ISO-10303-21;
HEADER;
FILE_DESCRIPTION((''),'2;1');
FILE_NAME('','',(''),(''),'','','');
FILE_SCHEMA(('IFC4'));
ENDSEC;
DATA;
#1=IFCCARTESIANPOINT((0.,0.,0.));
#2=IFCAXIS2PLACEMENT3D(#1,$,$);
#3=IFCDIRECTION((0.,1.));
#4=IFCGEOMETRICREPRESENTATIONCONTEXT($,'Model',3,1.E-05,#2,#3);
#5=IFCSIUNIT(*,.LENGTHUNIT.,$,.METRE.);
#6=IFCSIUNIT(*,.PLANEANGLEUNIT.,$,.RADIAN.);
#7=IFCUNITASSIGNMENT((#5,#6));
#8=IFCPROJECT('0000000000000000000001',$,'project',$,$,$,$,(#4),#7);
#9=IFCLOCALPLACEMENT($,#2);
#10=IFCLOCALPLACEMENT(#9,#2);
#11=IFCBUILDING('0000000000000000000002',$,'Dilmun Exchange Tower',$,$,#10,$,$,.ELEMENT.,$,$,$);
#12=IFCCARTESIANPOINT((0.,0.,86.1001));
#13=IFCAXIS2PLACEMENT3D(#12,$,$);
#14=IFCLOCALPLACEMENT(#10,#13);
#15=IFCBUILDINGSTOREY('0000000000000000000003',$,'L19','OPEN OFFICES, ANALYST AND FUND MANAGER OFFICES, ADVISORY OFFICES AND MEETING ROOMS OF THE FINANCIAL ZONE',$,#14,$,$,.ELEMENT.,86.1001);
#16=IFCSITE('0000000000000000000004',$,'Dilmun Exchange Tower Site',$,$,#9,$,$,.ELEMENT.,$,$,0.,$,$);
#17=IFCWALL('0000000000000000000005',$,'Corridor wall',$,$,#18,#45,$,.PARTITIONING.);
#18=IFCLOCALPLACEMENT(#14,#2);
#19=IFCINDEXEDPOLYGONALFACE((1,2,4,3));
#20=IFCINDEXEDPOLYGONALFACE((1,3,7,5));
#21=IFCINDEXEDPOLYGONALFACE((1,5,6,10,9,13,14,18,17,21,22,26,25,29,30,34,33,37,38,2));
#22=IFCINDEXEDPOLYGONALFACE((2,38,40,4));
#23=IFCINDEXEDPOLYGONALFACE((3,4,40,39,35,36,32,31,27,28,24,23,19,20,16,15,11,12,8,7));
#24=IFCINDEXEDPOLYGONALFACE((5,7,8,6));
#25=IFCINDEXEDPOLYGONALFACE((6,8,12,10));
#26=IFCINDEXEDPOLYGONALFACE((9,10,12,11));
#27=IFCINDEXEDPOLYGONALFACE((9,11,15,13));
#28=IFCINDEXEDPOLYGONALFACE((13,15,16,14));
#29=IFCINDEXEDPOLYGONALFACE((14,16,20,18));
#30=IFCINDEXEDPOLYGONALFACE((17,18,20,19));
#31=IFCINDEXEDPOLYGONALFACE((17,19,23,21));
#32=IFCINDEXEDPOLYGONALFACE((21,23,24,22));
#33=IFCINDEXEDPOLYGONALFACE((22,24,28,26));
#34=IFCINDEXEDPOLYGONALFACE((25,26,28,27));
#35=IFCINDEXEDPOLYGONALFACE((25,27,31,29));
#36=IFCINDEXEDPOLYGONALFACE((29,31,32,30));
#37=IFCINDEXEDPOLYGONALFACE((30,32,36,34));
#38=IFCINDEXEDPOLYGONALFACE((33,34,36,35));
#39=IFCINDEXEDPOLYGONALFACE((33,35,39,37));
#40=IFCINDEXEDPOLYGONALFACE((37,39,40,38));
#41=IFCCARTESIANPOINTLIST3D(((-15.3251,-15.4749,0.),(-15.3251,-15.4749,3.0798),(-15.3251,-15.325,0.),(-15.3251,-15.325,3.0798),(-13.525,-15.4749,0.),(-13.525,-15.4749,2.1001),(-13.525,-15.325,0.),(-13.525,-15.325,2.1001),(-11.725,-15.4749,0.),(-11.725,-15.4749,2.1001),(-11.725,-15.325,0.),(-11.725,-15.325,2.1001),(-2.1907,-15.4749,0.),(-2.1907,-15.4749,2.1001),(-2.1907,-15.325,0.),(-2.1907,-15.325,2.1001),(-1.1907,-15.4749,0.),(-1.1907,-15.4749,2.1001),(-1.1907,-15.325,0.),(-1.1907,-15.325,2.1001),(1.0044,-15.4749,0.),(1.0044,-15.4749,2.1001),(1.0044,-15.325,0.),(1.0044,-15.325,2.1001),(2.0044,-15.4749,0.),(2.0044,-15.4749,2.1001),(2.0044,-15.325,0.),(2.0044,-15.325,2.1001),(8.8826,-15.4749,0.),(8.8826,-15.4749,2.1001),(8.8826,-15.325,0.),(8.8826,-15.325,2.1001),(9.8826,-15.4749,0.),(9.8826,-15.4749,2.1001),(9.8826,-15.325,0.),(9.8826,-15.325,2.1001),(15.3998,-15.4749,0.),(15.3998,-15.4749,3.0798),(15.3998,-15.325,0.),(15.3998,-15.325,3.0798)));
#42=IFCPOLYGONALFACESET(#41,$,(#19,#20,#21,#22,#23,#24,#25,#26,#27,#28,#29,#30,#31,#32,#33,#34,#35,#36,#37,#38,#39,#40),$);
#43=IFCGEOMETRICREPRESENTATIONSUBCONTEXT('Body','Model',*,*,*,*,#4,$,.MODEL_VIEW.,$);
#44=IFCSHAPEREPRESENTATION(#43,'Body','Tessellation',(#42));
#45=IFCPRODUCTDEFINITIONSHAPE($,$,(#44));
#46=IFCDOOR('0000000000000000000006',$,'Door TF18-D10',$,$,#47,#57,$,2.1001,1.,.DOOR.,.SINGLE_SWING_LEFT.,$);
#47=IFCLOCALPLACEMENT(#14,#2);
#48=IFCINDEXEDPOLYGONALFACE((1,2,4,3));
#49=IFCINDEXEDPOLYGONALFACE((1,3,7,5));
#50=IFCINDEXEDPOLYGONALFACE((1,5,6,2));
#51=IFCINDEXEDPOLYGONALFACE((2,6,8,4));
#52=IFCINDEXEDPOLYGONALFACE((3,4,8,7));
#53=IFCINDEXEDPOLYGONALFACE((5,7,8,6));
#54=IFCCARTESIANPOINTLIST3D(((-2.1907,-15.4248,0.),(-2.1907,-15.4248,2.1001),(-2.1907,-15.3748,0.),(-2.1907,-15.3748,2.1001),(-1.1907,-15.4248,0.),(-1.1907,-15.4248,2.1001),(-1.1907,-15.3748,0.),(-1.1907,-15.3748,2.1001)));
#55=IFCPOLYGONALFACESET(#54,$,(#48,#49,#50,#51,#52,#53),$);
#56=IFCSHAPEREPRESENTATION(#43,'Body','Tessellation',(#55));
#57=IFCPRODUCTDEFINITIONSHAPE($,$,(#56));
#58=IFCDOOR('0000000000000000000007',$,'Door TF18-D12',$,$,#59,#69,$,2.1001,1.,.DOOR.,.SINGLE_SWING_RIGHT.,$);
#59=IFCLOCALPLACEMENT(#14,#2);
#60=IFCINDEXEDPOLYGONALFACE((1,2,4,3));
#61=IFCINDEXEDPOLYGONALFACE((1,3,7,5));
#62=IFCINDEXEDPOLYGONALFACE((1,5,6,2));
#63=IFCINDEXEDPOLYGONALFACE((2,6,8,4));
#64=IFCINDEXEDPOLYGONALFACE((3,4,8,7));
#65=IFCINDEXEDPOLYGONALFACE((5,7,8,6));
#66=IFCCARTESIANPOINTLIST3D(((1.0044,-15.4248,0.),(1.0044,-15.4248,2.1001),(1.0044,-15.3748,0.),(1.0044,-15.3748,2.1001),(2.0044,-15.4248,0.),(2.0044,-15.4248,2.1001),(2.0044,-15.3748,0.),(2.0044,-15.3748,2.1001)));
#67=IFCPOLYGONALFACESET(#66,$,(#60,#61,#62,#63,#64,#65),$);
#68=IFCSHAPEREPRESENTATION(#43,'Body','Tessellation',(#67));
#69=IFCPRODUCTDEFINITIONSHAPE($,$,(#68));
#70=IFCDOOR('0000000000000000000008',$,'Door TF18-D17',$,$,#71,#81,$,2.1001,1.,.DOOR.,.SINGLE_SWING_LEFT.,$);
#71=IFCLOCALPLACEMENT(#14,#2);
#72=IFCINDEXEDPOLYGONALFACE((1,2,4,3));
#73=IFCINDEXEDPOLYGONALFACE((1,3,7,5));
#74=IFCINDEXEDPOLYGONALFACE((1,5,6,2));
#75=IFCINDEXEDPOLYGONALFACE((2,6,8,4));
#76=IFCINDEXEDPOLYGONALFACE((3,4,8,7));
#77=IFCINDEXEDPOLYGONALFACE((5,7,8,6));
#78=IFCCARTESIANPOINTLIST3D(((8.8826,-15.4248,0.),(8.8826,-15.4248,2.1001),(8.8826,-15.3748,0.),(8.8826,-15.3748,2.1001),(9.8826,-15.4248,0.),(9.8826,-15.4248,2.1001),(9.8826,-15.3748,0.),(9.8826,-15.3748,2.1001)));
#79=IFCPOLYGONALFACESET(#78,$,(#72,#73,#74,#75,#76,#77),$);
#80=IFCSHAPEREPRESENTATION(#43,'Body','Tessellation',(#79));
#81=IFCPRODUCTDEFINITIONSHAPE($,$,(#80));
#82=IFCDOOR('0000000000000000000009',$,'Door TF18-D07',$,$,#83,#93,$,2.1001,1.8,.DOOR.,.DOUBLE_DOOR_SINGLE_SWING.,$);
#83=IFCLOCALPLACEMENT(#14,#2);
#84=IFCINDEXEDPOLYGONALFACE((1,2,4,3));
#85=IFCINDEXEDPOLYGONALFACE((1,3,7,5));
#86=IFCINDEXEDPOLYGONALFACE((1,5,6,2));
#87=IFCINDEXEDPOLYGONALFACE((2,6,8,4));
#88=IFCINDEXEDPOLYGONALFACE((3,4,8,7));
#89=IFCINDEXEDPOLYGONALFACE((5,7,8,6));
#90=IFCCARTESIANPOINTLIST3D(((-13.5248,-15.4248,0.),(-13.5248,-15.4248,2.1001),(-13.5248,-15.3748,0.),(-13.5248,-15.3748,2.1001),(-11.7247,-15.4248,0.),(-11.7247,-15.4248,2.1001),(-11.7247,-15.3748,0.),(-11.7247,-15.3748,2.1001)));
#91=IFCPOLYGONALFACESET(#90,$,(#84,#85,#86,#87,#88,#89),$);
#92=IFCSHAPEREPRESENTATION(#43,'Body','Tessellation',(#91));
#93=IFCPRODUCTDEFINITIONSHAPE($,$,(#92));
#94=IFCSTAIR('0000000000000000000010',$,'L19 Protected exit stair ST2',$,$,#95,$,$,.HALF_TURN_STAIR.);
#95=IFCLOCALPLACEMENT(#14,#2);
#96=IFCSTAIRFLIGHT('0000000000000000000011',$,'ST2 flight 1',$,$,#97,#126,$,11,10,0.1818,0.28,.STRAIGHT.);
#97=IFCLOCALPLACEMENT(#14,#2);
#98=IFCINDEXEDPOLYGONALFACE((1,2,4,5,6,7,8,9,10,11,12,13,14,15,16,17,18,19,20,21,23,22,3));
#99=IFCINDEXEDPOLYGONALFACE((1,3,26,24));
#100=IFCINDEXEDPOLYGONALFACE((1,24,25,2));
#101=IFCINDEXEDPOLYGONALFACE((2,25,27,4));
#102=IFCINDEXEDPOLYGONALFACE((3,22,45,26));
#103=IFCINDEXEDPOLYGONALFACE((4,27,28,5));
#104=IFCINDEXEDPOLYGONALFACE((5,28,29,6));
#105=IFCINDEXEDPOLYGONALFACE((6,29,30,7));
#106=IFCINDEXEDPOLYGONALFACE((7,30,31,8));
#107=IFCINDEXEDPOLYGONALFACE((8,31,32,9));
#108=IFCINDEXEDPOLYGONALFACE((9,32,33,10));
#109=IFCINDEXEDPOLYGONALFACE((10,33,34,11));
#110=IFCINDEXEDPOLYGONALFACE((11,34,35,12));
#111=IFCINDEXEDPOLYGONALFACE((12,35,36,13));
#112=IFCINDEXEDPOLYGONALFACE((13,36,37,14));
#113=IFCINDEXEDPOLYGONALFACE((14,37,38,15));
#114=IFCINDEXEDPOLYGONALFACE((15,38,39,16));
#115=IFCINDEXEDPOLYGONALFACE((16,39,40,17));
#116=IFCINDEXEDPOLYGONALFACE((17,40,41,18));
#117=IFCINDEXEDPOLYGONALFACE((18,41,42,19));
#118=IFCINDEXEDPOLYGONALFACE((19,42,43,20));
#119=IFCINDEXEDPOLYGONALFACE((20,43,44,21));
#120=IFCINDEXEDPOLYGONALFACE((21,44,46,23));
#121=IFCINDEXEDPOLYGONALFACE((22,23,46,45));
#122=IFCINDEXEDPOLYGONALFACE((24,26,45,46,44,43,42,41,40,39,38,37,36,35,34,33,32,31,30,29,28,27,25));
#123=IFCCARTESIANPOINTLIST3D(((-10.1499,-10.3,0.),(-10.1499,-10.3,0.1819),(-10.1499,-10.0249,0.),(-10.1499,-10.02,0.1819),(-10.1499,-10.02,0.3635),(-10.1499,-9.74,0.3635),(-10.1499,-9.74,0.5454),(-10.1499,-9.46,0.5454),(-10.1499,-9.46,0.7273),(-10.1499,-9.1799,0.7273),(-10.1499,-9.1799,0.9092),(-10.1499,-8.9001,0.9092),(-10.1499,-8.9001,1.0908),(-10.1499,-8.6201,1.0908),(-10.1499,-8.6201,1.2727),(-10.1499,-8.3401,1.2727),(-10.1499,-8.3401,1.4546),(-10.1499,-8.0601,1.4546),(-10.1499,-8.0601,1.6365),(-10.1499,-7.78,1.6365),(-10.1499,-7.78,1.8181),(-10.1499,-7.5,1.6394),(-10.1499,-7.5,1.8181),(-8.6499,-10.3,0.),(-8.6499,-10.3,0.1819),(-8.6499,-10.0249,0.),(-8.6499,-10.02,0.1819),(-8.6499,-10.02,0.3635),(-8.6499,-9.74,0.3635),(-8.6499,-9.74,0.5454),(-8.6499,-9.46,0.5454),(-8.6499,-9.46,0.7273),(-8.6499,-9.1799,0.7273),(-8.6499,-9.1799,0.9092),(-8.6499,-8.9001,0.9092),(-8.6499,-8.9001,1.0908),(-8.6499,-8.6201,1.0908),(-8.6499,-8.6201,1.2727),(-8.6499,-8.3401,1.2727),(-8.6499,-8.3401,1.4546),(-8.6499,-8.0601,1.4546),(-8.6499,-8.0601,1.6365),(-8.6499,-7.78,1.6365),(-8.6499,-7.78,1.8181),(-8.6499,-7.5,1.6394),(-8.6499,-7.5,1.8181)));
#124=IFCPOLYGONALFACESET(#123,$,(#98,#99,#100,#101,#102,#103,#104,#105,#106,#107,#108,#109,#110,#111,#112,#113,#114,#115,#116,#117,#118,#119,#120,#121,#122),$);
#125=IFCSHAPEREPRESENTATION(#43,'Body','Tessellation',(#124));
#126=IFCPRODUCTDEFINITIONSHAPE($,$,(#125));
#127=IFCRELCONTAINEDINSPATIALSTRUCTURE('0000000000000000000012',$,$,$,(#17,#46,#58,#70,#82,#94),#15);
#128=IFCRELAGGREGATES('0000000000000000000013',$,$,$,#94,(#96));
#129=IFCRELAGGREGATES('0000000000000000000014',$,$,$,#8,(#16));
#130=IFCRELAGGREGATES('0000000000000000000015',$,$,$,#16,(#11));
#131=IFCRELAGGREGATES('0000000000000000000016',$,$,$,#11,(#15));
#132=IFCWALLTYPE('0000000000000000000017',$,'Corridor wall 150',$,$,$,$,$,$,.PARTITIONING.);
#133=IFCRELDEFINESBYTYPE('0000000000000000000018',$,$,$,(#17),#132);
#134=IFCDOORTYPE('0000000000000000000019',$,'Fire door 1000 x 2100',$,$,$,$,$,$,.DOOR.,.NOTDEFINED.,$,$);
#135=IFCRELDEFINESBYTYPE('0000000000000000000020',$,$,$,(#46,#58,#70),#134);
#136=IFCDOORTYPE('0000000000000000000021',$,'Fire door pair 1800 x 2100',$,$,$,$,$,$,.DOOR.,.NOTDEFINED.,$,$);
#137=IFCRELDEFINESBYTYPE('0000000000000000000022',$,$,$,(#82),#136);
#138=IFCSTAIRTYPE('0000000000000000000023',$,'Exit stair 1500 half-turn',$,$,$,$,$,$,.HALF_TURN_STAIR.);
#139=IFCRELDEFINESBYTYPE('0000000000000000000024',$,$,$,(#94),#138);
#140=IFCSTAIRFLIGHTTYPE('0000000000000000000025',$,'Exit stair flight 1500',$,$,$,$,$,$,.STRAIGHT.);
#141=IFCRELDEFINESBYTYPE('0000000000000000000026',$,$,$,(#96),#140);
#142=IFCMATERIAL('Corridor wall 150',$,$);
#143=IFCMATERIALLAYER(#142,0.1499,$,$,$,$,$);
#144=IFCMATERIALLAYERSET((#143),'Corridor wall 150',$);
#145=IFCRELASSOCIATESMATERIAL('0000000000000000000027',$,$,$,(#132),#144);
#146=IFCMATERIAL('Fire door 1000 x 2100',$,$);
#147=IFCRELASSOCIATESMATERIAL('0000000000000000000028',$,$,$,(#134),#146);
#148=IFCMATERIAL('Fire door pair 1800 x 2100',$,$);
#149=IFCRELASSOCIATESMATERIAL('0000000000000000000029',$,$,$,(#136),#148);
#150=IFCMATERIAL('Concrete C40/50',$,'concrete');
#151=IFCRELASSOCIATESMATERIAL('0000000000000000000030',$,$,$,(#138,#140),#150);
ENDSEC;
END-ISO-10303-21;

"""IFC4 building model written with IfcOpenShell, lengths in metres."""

from ifc_helpers import new_model, si_unit, direction, frame, frame_2d, origin, place, context, subcontext, project, spatial, polyline, rectangle, outline, extrude, material, layer, layer_set, type_object, element, fill, aggregate, save


model = new_model("IFC4")

# Units and contexts
model_context = context("Model", 3, precision=1e-05, world=origin(), true_north=direction((0.0, 1.0)))
body_context = subcontext(model_context, "Body", "Model", "MODEL_VIEW")
ifc_project = project(units=[si_unit("LENGTHUNIT", "METRE"), si_unit("PLANEANGLEUNIT", "RADIAN")], contexts=[model_context])

# Site, building, storey
site_placement = place(None, origin())
site = spatial("IfcSite", under=ifc_project, at=site_placement, Name="Dilmun Exchange Tower Site", CompositionType="ELEMENT", RefElevation=0.0)
building_placement = place(site_placement, origin())
building = spatial("IfcBuilding", under=site, at=building_placement, Name="Dilmun Exchange Tower", CompositionType="ELEMENT")
storey_placement = place(building_placement, frame((0.0, 0.0, 86.1001)))
storey = spatial("IfcBuildingStorey", under=building, at=storey_placement, Name="L19", Description="OPEN OFFICES, ANALYST AND FUND MANAGER OFFICES, ADVISORY OFFICES AND MEETING ROOMS OF THE FINANCIAL ZONE", CompositionType="ELEMENT", Elevation=86.1001)

# Shared definitions
ifc_material_1 = material(Name="Concrete C40/50", Category="concrete")

# Wall, openings, doors
ifc_material_2 = material(Name="Corridor wall 150")
ifc_layer_1 = layer(ifc_material_2, 0.1499)
ifc_layer_set_1 = layer_set([ifc_layer_1], Name="Corridor wall 150")
wall_type_1 = type_object("IfcWallType", Name="Corridor wall 150", PredefinedType="PARTITIONING", material=ifc_layer_set_1)
ifc_material_3 = material(Name="Fire door 1000 x 2100")
door_type_1 = type_object("IfcDoorType", Name="Fire door 1000 x 2100", OperationType="NOTDEFINED", PredefinedType="DOOR", material=ifc_material_3)
ifc_material_4 = material(Name="Fire door pair 1800 x 2100")
door_type_2 = type_object("IfcDoorType", Name="Fire door pair 1800 x 2100", OperationType="NOTDEFINED", PredefinedType="DOOR", material=ifc_material_4)
wall_1_placement = place(storey_placement, frame((-15.325, -15.3999, 0.0), z_axis=(0.0, 0.0, 1.0), x_axis=(1.0, 0.0, 0.0)))
wall_1 = element("IfcWall", 1, at=wall_1_placement, inside=storey, type_object=wall_type_1, Name="Corridor wall", PredefinedType="PARTITIONING", context=body_context, shape_type="SweptSolid", body=[
    extrude(rectangle(XDim=30.7249, YDim=0.1499, at=frame_2d((15.3623, 0.0))), origin(), (0.0, 0.0, 1.0), 3.0798),
])
opening_1_placement = place(wall_1_placement, frame((1.8, 0.0, 0.0)))
opening_1 = element("IfcOpeningElement", 2, at=opening_1_placement, cuts=wall_1, PredefinedType="OPENING", context=body_context, shape_type="SweptSolid", body=[
    extrude(rectangle(XDim=1.8, YDim=2.1001, at=frame_2d((0.8999, 1.05))), frame((0.0, 0.085, 0.0), z_axis=(0.0, -1.0, 0.0), x_axis=(1.0, 0.0, 0.0)), (0.0, 0.0, 1.0), 0.1699),
])
opening_2_placement = place(wall_1_placement, frame((13.1343, 0.0, 0.0)))
opening_2 = element("IfcOpeningElement", 3, at=opening_2_placement, cuts=wall_1, PredefinedType="OPENING", context=body_context, shape_type="SweptSolid", body=[
    extrude(rectangle(XDim=1.0, YDim=2.1001, at=frame_2d((0.5, 1.05))), frame((0.0, 0.085, 0.0), z_axis=(0.0, -1.0, 0.0), x_axis=(1.0, 0.0, 0.0)), (0.0, 0.0, 1.0), 0.1699),
])
opening_3_placement = place(wall_1_placement, frame((16.3293, 0.0, 0.0)))
opening_3 = element("IfcOpeningElement", 4, at=opening_3_placement, cuts=wall_1, PredefinedType="OPENING", context=body_context, shape_type="SweptSolid", body=[
    extrude(rectangle(XDim=1.0, YDim=2.1001, at=frame_2d((0.5, 1.05))), frame((0.0, 0.085, 0.0), z_axis=(0.0, -1.0, 0.0), x_axis=(1.0, 0.0, 0.0)), (0.0, 0.0, 1.0), 0.1699),
])
opening_4_placement = place(wall_1_placement, frame((24.2075, 0.0, 0.0)))
opening_4 = element("IfcOpeningElement", 5, at=opening_4_placement, cuts=wall_1, PredefinedType="OPENING", context=body_context, shape_type="SweptSolid", body=[
    extrude(rectangle(XDim=1.0, YDim=2.1001, at=frame_2d((0.5, 1.05))), frame((0.0, 0.085, 0.0), z_axis=(0.0, -1.0, 0.0), x_axis=(1.0, 0.0, 0.0)), (0.0, 0.0, 1.0), 0.1699),
])
door_1_placement = place(opening_2_placement, frame((1.0, 0.0, 0.0), z_axis=(0.0, 0.0, 1.0), x_axis=(-1.0, 0.0, 0.0)))
door_1 = element("IfcDoor", 6, at=door_1_placement, inside=storey, type_object=door_type_1, Name="Door TF18-D10", OperationType="SINGLE_SWING_LEFT", OverallHeight=2.1001, OverallWidth=1.0, PredefinedType="DOOR", context=body_context, shape_type="SweptSolid", body=[
    extrude(rectangle(XDim=1.0, YDim=2.1001, at=frame_2d((0.5, 1.05))), frame((0.0, 0.0249, 0.0), z_axis=(0.0, -1.0, 0.0), x_axis=(1.0, 0.0, 0.0)), (0.0, 0.0, 1.0), 0.05),
])
fill(opening_2, door_1)
door_2_placement = place(opening_3_placement, frame((1.0, 0.0, 0.0), z_axis=(0.0, 0.0, 1.0), x_axis=(-1.0, 0.0, 0.0)))
door_2 = element("IfcDoor", 7, at=door_2_placement, inside=storey, type_object=door_type_1, Name="Door TF18-D12", OperationType="SINGLE_SWING_RIGHT", OverallHeight=2.1001, OverallWidth=1.0, PredefinedType="DOOR", context=body_context, shape_type="SweptSolid", body=[
    extrude(rectangle(XDim=1.0, YDim=2.1001, at=frame_2d((0.5, 1.05))), frame((0.0, 0.0249, 0.0), z_axis=(0.0, -1.0, 0.0), x_axis=(1.0, 0.0, 0.0)), (0.0, 0.0, 1.0), 0.05),
])
fill(opening_3, door_2)
door_3_placement = place(opening_4_placement, frame((1.0, 0.0, 0.0), z_axis=(0.0, 0.0, 1.0), x_axis=(-1.0, 0.0, 0.0)))
door_3 = element("IfcDoor", 8, at=door_3_placement, inside=storey, type_object=door_type_1, Name="Door TF18-D17", OperationType="SINGLE_SWING_LEFT", OverallHeight=2.1001, OverallWidth=1.0, PredefinedType="DOOR", context=body_context, shape_type="SweptSolid", body=[
    extrude(rectangle(XDim=1.0, YDim=2.1001, at=frame_2d((0.5, 1.05))), frame((0.0, 0.0249, 0.0), z_axis=(0.0, -1.0, 0.0), x_axis=(1.0, 0.0, 0.0)), (0.0, 0.0, 1.0), 0.05),
])
fill(opening_4, door_3)
door_4_placement = place(opening_1_placement, frame((1.8, 0.0, 0.0), z_axis=(0.0, 0.0, 1.0), x_axis=(-1.0, 0.0, 0.0)))
door_4 = element("IfcDoor", 9, at=door_4_placement, inside=storey, type_object=door_type_2, Name="Door TF18-D07", OperationType="DOUBLE_DOOR_SINGLE_SWING", OverallHeight=2.1001, OverallWidth=1.8, PredefinedType="DOOR", context=body_context, shape_type="SweptSolid", body=[
    extrude(rectangle(XDim=1.8, YDim=2.1001, at=frame_2d((0.8999, 1.05))), frame((0.0, 0.0249, 0.0), z_axis=(0.0, -1.0, 0.0), x_axis=(1.0, 0.0, 0.0)), (0.0, 0.0, 1.0), 0.05),
])
fill(opening_1, door_4)

# Stair, stair flight
stair_type = type_object("IfcStairType", Name="Exit stair 1500 half-turn", PredefinedType="HALF_TURN_STAIR", material=ifc_material_1)
stair_placement = place(storey_placement, origin())
stair = element("IfcStair", 10, at=stair_placement, inside=storey, type_object=stair_type, Name="L19 Protected exit stair ST2", PredefinedType="HALF_TURN_STAIR")
stair_flight_type = type_object("IfcStairFlightType", Name="Exit stair flight 1500", PredefinedType="STRAIGHT", material=ifc_material_1)
stair_flight_placement = place(storey_placement, frame((-9.3999, -10.3, 0.0), z_axis=(0.0, 0.0, 1.0), x_axis=(0.0, 1.0, 0.0)))
stair_flight = element("IfcStairFlight", 11, at=stair_flight_placement, type_object=stair_flight_type, Name="ST2 flight 1", NumberOfRisers=11, NumberOfTreads=10, PredefinedType="STRAIGHT", RiserHeight=0.1818, TreadLength=0.28, context=body_context, shape_type="SweptSolid", body=[
    extrude(outline(polyline([(0.0, 0.0), (0.0, 0.1819), (0.28, 0.1819), (0.28, 0.3635), (0.5601, 0.3635), (0.5601, 0.5454), (0.8401, 0.5454), (0.8401, 0.7273), (1.1201, 0.7273), (1.1201, 0.9092), (1.3999, 0.9092), (1.3999, 1.0908), (1.6799, 1.0908), (1.6799, 1.2727), (1.96, 1.2727), (1.96, 1.4546), (2.24, 1.4546), (2.24, 1.6365), (2.52, 1.6365), (2.52, 1.8181), (2.8, 1.8181), (2.8, 2.0), (2.8, 1.6394), (0.2751, 0.0), (0.0, 0.0)])), frame((0.0, 0.75, 0.0), z_axis=(0.0, -1.0, 0.0), x_axis=(1.0, 0.0, 0.0)), (0.0, 0.0, 1.0), 1.5),
])
aggregate(stair, [stair_flight])

save(model, "model.ifc")
